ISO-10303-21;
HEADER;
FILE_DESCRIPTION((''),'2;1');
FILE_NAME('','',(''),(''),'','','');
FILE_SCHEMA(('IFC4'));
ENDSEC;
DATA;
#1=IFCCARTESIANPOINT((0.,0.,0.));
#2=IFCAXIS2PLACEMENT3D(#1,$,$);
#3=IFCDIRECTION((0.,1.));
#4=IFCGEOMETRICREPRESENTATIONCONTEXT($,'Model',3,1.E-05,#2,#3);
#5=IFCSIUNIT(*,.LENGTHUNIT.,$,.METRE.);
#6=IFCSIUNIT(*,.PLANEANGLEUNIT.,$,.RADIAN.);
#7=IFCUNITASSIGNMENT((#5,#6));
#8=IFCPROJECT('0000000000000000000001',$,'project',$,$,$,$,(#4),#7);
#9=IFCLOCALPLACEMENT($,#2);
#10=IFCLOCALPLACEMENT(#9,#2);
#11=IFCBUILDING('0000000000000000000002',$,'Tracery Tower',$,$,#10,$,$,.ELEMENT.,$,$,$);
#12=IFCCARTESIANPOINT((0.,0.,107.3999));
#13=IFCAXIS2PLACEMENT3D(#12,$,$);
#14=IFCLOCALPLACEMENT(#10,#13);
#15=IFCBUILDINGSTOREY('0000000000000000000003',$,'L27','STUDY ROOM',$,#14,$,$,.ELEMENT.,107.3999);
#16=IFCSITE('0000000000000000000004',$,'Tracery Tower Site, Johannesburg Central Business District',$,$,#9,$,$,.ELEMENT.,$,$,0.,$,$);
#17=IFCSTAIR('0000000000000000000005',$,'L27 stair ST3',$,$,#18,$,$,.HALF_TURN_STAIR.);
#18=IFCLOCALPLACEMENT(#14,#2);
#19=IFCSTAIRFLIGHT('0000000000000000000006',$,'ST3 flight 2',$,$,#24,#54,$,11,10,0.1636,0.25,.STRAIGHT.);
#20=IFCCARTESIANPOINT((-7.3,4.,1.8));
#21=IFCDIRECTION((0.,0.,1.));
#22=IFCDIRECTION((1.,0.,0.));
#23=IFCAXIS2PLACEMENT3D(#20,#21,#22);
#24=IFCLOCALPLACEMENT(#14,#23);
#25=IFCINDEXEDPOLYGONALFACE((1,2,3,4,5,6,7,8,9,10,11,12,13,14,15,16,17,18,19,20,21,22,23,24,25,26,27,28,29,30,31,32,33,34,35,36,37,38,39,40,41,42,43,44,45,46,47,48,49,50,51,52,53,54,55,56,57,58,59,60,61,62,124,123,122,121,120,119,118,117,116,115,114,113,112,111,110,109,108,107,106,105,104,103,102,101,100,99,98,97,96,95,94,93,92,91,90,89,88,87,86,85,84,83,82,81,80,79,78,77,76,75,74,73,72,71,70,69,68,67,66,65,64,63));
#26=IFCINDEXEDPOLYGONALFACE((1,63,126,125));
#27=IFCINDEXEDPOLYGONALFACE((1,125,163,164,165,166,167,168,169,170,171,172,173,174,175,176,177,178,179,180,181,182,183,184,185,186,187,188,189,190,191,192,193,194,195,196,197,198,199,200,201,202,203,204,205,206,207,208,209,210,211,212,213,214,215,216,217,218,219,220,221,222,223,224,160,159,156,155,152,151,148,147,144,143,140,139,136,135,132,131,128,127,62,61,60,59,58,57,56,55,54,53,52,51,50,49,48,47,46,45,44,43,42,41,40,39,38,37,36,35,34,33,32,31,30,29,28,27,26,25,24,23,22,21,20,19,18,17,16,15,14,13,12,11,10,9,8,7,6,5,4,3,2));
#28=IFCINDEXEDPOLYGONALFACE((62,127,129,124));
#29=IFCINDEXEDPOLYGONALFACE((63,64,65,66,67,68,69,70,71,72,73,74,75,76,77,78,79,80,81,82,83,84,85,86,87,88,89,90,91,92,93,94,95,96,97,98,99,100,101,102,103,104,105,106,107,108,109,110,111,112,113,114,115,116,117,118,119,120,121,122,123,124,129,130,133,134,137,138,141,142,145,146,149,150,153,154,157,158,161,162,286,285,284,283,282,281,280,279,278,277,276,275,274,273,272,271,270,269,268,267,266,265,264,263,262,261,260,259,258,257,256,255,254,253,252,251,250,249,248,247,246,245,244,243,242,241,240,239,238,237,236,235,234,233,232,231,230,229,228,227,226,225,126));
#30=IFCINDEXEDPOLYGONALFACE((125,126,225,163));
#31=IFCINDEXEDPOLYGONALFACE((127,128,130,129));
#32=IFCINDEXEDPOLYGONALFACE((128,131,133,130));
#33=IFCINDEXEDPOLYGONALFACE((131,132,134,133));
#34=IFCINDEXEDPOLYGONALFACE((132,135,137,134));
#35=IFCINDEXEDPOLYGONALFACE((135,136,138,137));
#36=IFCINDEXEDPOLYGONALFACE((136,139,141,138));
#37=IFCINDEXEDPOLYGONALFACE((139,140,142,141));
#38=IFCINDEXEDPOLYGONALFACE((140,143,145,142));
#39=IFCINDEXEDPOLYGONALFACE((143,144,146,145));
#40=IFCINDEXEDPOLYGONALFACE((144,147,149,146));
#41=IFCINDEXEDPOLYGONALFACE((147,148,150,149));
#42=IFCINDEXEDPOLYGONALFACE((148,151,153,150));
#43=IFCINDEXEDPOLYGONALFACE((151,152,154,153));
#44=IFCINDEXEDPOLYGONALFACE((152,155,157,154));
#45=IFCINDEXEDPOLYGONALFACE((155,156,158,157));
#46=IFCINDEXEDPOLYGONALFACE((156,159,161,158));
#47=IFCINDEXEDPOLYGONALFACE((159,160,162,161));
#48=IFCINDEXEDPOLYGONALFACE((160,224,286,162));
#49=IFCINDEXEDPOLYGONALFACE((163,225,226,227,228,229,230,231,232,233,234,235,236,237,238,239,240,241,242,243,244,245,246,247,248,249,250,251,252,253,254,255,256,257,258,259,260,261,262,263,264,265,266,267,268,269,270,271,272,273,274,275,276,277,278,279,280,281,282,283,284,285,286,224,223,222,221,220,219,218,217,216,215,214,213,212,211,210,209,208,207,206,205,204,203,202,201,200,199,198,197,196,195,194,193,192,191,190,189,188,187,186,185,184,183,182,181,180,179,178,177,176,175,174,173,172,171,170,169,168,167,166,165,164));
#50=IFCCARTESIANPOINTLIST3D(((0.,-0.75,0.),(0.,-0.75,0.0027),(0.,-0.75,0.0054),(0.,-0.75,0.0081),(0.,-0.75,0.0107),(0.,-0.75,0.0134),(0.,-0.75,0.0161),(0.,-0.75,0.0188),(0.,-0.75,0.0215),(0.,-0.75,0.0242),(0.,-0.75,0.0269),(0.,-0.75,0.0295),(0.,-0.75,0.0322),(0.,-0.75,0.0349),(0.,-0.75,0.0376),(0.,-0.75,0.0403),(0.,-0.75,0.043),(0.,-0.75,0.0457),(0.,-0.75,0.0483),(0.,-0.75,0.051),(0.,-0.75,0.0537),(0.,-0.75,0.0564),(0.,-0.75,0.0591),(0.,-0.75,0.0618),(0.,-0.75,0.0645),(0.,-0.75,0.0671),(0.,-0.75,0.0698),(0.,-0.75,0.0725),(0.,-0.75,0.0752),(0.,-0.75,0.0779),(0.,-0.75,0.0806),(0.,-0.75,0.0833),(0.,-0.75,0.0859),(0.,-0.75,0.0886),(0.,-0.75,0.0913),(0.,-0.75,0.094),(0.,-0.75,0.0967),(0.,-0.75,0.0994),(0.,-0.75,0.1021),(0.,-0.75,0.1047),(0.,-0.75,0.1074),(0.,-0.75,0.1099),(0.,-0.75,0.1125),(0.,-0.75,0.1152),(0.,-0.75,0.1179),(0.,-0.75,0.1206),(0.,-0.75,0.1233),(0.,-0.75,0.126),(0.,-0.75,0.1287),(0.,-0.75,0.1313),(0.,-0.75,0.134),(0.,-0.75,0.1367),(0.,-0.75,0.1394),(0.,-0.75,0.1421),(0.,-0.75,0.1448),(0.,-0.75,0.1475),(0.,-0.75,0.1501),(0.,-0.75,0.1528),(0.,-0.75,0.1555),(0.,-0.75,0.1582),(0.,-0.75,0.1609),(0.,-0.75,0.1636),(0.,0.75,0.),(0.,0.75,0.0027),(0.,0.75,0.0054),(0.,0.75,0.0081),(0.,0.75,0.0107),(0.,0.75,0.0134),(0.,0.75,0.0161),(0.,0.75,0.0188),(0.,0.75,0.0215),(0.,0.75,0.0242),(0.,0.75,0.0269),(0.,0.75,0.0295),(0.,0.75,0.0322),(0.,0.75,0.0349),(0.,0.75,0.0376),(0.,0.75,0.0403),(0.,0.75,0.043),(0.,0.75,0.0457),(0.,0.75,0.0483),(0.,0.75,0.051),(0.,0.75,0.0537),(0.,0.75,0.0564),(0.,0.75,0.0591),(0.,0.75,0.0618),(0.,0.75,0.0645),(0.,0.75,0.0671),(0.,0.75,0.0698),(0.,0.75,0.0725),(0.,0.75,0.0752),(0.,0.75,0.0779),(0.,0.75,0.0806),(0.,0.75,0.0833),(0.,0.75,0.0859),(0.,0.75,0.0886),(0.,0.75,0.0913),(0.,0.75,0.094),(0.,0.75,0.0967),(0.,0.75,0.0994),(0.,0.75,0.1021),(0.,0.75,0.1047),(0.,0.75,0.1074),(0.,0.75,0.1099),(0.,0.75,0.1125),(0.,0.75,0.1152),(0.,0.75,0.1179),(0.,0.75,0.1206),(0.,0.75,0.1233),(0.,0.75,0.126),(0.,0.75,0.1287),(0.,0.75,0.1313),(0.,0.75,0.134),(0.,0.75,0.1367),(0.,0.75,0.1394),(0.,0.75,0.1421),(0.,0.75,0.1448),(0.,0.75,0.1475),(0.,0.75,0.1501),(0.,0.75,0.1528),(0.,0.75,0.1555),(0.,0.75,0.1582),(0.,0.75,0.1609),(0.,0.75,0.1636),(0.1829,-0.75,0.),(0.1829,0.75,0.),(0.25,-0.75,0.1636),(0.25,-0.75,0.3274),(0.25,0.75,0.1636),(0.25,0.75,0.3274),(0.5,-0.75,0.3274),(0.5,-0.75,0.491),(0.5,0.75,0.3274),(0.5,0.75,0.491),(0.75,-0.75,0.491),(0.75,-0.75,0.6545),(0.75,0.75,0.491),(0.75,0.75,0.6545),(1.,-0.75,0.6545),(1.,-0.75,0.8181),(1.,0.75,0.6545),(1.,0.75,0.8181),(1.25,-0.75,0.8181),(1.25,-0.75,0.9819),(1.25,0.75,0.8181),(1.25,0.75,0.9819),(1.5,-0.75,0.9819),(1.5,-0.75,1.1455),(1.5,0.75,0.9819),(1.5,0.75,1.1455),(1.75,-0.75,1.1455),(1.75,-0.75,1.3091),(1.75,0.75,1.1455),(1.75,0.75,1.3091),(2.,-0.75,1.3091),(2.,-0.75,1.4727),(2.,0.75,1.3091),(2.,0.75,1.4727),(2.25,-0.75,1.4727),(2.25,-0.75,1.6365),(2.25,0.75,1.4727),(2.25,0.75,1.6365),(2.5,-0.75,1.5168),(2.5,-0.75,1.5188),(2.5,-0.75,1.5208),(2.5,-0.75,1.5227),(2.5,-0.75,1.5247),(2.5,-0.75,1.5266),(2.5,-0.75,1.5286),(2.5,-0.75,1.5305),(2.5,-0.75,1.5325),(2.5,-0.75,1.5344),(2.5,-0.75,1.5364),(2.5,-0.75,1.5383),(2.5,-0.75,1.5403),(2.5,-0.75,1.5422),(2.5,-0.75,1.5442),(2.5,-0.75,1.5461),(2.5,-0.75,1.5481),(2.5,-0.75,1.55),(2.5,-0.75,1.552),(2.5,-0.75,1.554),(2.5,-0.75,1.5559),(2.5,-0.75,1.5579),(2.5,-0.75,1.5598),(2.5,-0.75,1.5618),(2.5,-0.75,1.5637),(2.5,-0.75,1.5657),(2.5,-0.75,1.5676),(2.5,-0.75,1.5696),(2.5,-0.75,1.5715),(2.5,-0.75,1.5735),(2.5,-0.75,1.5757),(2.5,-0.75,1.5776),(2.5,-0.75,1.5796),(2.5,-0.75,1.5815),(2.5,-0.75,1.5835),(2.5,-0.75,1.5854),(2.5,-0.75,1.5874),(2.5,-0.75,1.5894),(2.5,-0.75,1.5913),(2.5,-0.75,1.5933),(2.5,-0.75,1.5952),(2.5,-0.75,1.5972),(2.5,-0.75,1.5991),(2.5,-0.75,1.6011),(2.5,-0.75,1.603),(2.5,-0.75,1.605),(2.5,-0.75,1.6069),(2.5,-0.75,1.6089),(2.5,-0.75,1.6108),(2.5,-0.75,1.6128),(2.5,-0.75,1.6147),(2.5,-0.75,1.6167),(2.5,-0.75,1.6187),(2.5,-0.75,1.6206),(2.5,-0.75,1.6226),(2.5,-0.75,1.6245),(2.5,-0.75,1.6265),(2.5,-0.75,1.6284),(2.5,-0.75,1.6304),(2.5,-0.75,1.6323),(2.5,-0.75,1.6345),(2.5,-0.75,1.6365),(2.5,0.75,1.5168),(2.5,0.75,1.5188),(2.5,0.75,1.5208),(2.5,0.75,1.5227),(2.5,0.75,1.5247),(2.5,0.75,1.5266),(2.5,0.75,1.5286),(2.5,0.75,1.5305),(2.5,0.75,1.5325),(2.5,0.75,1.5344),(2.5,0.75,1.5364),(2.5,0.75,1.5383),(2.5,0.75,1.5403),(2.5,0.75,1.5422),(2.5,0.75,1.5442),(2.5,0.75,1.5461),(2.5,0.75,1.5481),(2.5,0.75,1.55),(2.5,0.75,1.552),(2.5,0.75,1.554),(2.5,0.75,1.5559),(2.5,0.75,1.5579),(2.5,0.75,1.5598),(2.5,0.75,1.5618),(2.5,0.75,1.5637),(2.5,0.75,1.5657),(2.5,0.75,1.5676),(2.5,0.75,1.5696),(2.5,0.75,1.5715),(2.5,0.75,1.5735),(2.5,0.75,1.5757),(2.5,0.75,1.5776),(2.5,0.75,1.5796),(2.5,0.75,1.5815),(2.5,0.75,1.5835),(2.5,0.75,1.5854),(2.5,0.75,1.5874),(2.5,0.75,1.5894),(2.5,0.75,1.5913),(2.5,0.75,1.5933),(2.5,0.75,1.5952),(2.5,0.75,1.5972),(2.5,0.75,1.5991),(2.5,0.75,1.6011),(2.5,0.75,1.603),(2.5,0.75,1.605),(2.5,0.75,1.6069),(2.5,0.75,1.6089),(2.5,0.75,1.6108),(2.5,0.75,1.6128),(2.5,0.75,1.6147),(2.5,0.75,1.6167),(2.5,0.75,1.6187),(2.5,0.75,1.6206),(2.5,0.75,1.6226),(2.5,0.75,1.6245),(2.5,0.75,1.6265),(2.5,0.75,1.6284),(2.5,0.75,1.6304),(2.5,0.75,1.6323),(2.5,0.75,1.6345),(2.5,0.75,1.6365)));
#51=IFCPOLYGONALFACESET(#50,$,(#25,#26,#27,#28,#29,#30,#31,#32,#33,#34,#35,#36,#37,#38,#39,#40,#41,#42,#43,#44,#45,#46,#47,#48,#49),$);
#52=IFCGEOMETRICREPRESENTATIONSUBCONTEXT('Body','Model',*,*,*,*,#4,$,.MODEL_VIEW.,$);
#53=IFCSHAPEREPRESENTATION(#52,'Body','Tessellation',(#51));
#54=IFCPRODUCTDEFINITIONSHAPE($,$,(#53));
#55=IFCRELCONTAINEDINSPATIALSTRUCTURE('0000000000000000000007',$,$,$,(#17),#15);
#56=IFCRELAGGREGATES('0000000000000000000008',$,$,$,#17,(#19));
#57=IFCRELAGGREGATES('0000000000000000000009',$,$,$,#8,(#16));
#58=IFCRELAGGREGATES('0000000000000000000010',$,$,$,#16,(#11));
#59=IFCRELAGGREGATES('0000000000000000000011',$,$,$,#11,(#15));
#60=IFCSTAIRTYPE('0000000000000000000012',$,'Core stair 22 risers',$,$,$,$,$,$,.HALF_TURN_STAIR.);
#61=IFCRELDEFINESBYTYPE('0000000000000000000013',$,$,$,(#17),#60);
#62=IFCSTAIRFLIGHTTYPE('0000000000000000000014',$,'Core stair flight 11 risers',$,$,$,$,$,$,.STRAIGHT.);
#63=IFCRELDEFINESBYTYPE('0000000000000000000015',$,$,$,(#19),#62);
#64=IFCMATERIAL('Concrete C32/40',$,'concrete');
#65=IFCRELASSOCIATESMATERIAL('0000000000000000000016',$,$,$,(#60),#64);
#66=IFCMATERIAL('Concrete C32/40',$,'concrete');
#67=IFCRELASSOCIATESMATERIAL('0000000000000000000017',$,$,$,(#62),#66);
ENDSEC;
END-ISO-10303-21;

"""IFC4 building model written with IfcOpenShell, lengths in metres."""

from ifc_helpers import new_model, si_unit, direction, frame, origin, place, context, subcontext, project, spatial, polyline, outline, extrude, material, type_object, element, aggregate, save


model = new_model("IFC4")

# Units and contexts
model_context = context("Model", 3, precision=1e-05, world=origin(), true_north=direction((0.0, 1.0)))
body_context = subcontext(model_context, "Body", "Model", "MODEL_VIEW")
ifc_project = project(units=[si_unit("LENGTHUNIT", "METRE"), si_unit("PLANEANGLEUNIT", "RADIAN")], contexts=[model_context])

# Site, building, storey
site_placement = place(None, origin())
site = spatial("IfcSite", under=ifc_project, at=site_placement, Name="Tracery Tower Site, Johannesburg Central Business District", CompositionType="ELEMENT", RefElevation=0.0)
building_placement = place(site_placement, origin())
building = spatial("IfcBuilding", under=site, at=building_placement, Name="Tracery Tower", CompositionType="ELEMENT")
storey_placement = place(building_placement, frame((0.0, 0.0, 107.3999)))
storey = spatial("IfcBuildingStorey", under=building, at=storey_placement, Name="L27", Description="STUDY ROOM", CompositionType="ELEMENT", Elevation=107.3999)

# Stair, stair flight
ifc_material_1 = material(Name="Concrete C32/40", Category="concrete")
stair_type = type_object("IfcStairType", Name="Core stair 22 risers", PredefinedType="HALF_TURN_STAIR", material=ifc_material_1)
stair_placement = place(storey_placement, origin())
stair = element("IfcStair", 1, at=stair_placement, inside=storey, type_object=stair_type, Name="L27 stair ST3", PredefinedType="HALF_TURN_STAIR")
ifc_material_2 = material(Name="Concrete C32/40", Category="concrete")
stair_flight_type = type_object("IfcStairFlightType", Name="Core stair flight 11 risers", PredefinedType="STRAIGHT", material=ifc_material_2)
stair_flight_1_placement = place(storey_placement, frame((-7.3, 4.0, 1.8), z_axis=(0.0, 0.0, 1.0), x_axis=(1.0, 0.0, 0.0)))
stair_flight_1 = element("IfcStairFlight", 2, at=stair_flight_1_placement, type_object=stair_flight_type, Name="ST3 flight 2", NumberOfRisers=11, NumberOfTreads=10, PredefinedType="STRAIGHT", RiserHeight=0.1636, TreadLength=0.25, context=body_context, shape_type="SweptSolid", body=[
    extrude(outline(polyline([(0.0, 0.0), (0.0, 0.0027), (0.0, 0.0054), (0.0, 0.0081), (0.0, 0.0107), (0.0, 0.0134), (0.0, 0.0161), (0.0, 0.0188), (0.0, 0.0215), (0.0, 0.0242), (0.0, 0.0269), (0.0, 0.0295), (0.0, 0.0322), (0.0, 0.0349), (0.0, 0.0376), (0.0, 0.0403), (0.0, 0.043), (0.0, 0.0457), (0.0, 0.0483), (0.0, 0.051), (0.0, 0.0537), (0.0, 0.0564), (0.0, 0.0591), (0.0, 0.0618), (0.0, 0.0645), (0.0, 0.0671), (0.0, 0.0698), (0.0, 0.0725), (0.0, 0.0752), (0.0, 0.0779), (0.0, 0.0806), (0.0, 0.0833), (0.0, 0.0859), (0.0, 0.0886), (0.0, 0.0913), (0.0, 0.094), (0.0, 0.0967), (0.0, 0.0994), (0.0, 0.1021), (0.0, 0.1047), (0.0, 0.1074), (0.0, 0.1099), (0.0, 0.1125), (0.0, 0.1152), (0.0, 0.1179), (0.0, 0.1206), (0.0, 0.1233), (0.0, 0.126), (0.0, 0.1287), (0.0, 0.1313), (0.0, 0.134), (0.0, 0.1367), (0.0, 0.1394), (0.0, 0.1421), (0.0, 0.1448), (0.0, 0.1475), (0.0, 0.1501), (0.0, 0.1528), (0.0, 0.1555), (0.0, 0.1582), (0.0, 0.1609), (0.0, 0.1636), (0.25, 0.1636), (0.25, 0.3274), (0.5, 0.3274), (0.5, 0.491), (0.75, 0.491), (0.75, 0.6545), (1.0, 0.6545), (1.0, 0.8181), (1.25, 0.8181), (1.25, 0.9819), (1.5, 0.9819), (1.5, 1.1455), (1.75, 1.1455), (1.75, 1.3091), (2.0, 1.3091), (2.0, 1.4727), (2.25, 1.4727), (2.25, 1.6365), (2.5, 1.6365), (2.5, 1.6345), (2.5, 1.6323), (2.5, 1.6304), (2.5, 1.6284), (2.5, 1.6265), (2.5, 1.6245), (2.5, 1.6226), (2.5, 1.6206), (2.5, 1.6187), (2.5, 1.6167), (2.5, 1.6147), (2.5, 1.6128), (2.5, 1.6108), (2.5, 1.6089), (2.5, 1.6069), (2.5, 1.605), (2.5, 1.603), (2.5, 1.6011), (2.5, 1.5991), (2.5, 1.5972), (2.5, 1.5952), (2.5, 1.5933), (2.5, 1.5913), (2.5, 1.5894), (2.5, 1.5874), (2.5, 1.5854), (2.5, 1.5835), (2.5, 1.5815), (2.5, 1.5796), (2.5, 1.5776), (2.5, 1.5757), (2.5, 1.5735), (2.5, 1.5715), (2.5, 1.5696), (2.5, 1.5676), (2.5, 1.5657), (2.5, 1.5637), (2.5, 1.5618), (2.5, 1.5598), (2.5, 1.5579), (2.5, 1.5559), (2.5, 1.554), (2.5, 1.552), (2.5, 1.55), (2.5, 1.5481), (2.5, 1.5461), (2.5, 1.5442), (2.5, 1.5422), (2.5, 1.5403), (2.5, 1.5383), (2.5, 1.5364), (2.5, 1.5344), (2.5, 1.5325), (2.5, 1.5305), (2.5, 1.5286), (2.5, 1.5266), (2.5, 1.5247), (2.5, 1.5227), (2.5, 1.5208), (2.5, 1.5188), (2.5, 1.5168), (0.1829, 0.0), (0.0, 0.0)])), frame((0.0, 0.75, 0.0), z_axis=(0.0, -1.0, 0.0), x_axis=(1.0, 0.0, 0.0)), (0.0, 0.0, 1.0), 1.5),
])
aggregate(stair, [stair_flight_1])

save(model, "model.ifc")
